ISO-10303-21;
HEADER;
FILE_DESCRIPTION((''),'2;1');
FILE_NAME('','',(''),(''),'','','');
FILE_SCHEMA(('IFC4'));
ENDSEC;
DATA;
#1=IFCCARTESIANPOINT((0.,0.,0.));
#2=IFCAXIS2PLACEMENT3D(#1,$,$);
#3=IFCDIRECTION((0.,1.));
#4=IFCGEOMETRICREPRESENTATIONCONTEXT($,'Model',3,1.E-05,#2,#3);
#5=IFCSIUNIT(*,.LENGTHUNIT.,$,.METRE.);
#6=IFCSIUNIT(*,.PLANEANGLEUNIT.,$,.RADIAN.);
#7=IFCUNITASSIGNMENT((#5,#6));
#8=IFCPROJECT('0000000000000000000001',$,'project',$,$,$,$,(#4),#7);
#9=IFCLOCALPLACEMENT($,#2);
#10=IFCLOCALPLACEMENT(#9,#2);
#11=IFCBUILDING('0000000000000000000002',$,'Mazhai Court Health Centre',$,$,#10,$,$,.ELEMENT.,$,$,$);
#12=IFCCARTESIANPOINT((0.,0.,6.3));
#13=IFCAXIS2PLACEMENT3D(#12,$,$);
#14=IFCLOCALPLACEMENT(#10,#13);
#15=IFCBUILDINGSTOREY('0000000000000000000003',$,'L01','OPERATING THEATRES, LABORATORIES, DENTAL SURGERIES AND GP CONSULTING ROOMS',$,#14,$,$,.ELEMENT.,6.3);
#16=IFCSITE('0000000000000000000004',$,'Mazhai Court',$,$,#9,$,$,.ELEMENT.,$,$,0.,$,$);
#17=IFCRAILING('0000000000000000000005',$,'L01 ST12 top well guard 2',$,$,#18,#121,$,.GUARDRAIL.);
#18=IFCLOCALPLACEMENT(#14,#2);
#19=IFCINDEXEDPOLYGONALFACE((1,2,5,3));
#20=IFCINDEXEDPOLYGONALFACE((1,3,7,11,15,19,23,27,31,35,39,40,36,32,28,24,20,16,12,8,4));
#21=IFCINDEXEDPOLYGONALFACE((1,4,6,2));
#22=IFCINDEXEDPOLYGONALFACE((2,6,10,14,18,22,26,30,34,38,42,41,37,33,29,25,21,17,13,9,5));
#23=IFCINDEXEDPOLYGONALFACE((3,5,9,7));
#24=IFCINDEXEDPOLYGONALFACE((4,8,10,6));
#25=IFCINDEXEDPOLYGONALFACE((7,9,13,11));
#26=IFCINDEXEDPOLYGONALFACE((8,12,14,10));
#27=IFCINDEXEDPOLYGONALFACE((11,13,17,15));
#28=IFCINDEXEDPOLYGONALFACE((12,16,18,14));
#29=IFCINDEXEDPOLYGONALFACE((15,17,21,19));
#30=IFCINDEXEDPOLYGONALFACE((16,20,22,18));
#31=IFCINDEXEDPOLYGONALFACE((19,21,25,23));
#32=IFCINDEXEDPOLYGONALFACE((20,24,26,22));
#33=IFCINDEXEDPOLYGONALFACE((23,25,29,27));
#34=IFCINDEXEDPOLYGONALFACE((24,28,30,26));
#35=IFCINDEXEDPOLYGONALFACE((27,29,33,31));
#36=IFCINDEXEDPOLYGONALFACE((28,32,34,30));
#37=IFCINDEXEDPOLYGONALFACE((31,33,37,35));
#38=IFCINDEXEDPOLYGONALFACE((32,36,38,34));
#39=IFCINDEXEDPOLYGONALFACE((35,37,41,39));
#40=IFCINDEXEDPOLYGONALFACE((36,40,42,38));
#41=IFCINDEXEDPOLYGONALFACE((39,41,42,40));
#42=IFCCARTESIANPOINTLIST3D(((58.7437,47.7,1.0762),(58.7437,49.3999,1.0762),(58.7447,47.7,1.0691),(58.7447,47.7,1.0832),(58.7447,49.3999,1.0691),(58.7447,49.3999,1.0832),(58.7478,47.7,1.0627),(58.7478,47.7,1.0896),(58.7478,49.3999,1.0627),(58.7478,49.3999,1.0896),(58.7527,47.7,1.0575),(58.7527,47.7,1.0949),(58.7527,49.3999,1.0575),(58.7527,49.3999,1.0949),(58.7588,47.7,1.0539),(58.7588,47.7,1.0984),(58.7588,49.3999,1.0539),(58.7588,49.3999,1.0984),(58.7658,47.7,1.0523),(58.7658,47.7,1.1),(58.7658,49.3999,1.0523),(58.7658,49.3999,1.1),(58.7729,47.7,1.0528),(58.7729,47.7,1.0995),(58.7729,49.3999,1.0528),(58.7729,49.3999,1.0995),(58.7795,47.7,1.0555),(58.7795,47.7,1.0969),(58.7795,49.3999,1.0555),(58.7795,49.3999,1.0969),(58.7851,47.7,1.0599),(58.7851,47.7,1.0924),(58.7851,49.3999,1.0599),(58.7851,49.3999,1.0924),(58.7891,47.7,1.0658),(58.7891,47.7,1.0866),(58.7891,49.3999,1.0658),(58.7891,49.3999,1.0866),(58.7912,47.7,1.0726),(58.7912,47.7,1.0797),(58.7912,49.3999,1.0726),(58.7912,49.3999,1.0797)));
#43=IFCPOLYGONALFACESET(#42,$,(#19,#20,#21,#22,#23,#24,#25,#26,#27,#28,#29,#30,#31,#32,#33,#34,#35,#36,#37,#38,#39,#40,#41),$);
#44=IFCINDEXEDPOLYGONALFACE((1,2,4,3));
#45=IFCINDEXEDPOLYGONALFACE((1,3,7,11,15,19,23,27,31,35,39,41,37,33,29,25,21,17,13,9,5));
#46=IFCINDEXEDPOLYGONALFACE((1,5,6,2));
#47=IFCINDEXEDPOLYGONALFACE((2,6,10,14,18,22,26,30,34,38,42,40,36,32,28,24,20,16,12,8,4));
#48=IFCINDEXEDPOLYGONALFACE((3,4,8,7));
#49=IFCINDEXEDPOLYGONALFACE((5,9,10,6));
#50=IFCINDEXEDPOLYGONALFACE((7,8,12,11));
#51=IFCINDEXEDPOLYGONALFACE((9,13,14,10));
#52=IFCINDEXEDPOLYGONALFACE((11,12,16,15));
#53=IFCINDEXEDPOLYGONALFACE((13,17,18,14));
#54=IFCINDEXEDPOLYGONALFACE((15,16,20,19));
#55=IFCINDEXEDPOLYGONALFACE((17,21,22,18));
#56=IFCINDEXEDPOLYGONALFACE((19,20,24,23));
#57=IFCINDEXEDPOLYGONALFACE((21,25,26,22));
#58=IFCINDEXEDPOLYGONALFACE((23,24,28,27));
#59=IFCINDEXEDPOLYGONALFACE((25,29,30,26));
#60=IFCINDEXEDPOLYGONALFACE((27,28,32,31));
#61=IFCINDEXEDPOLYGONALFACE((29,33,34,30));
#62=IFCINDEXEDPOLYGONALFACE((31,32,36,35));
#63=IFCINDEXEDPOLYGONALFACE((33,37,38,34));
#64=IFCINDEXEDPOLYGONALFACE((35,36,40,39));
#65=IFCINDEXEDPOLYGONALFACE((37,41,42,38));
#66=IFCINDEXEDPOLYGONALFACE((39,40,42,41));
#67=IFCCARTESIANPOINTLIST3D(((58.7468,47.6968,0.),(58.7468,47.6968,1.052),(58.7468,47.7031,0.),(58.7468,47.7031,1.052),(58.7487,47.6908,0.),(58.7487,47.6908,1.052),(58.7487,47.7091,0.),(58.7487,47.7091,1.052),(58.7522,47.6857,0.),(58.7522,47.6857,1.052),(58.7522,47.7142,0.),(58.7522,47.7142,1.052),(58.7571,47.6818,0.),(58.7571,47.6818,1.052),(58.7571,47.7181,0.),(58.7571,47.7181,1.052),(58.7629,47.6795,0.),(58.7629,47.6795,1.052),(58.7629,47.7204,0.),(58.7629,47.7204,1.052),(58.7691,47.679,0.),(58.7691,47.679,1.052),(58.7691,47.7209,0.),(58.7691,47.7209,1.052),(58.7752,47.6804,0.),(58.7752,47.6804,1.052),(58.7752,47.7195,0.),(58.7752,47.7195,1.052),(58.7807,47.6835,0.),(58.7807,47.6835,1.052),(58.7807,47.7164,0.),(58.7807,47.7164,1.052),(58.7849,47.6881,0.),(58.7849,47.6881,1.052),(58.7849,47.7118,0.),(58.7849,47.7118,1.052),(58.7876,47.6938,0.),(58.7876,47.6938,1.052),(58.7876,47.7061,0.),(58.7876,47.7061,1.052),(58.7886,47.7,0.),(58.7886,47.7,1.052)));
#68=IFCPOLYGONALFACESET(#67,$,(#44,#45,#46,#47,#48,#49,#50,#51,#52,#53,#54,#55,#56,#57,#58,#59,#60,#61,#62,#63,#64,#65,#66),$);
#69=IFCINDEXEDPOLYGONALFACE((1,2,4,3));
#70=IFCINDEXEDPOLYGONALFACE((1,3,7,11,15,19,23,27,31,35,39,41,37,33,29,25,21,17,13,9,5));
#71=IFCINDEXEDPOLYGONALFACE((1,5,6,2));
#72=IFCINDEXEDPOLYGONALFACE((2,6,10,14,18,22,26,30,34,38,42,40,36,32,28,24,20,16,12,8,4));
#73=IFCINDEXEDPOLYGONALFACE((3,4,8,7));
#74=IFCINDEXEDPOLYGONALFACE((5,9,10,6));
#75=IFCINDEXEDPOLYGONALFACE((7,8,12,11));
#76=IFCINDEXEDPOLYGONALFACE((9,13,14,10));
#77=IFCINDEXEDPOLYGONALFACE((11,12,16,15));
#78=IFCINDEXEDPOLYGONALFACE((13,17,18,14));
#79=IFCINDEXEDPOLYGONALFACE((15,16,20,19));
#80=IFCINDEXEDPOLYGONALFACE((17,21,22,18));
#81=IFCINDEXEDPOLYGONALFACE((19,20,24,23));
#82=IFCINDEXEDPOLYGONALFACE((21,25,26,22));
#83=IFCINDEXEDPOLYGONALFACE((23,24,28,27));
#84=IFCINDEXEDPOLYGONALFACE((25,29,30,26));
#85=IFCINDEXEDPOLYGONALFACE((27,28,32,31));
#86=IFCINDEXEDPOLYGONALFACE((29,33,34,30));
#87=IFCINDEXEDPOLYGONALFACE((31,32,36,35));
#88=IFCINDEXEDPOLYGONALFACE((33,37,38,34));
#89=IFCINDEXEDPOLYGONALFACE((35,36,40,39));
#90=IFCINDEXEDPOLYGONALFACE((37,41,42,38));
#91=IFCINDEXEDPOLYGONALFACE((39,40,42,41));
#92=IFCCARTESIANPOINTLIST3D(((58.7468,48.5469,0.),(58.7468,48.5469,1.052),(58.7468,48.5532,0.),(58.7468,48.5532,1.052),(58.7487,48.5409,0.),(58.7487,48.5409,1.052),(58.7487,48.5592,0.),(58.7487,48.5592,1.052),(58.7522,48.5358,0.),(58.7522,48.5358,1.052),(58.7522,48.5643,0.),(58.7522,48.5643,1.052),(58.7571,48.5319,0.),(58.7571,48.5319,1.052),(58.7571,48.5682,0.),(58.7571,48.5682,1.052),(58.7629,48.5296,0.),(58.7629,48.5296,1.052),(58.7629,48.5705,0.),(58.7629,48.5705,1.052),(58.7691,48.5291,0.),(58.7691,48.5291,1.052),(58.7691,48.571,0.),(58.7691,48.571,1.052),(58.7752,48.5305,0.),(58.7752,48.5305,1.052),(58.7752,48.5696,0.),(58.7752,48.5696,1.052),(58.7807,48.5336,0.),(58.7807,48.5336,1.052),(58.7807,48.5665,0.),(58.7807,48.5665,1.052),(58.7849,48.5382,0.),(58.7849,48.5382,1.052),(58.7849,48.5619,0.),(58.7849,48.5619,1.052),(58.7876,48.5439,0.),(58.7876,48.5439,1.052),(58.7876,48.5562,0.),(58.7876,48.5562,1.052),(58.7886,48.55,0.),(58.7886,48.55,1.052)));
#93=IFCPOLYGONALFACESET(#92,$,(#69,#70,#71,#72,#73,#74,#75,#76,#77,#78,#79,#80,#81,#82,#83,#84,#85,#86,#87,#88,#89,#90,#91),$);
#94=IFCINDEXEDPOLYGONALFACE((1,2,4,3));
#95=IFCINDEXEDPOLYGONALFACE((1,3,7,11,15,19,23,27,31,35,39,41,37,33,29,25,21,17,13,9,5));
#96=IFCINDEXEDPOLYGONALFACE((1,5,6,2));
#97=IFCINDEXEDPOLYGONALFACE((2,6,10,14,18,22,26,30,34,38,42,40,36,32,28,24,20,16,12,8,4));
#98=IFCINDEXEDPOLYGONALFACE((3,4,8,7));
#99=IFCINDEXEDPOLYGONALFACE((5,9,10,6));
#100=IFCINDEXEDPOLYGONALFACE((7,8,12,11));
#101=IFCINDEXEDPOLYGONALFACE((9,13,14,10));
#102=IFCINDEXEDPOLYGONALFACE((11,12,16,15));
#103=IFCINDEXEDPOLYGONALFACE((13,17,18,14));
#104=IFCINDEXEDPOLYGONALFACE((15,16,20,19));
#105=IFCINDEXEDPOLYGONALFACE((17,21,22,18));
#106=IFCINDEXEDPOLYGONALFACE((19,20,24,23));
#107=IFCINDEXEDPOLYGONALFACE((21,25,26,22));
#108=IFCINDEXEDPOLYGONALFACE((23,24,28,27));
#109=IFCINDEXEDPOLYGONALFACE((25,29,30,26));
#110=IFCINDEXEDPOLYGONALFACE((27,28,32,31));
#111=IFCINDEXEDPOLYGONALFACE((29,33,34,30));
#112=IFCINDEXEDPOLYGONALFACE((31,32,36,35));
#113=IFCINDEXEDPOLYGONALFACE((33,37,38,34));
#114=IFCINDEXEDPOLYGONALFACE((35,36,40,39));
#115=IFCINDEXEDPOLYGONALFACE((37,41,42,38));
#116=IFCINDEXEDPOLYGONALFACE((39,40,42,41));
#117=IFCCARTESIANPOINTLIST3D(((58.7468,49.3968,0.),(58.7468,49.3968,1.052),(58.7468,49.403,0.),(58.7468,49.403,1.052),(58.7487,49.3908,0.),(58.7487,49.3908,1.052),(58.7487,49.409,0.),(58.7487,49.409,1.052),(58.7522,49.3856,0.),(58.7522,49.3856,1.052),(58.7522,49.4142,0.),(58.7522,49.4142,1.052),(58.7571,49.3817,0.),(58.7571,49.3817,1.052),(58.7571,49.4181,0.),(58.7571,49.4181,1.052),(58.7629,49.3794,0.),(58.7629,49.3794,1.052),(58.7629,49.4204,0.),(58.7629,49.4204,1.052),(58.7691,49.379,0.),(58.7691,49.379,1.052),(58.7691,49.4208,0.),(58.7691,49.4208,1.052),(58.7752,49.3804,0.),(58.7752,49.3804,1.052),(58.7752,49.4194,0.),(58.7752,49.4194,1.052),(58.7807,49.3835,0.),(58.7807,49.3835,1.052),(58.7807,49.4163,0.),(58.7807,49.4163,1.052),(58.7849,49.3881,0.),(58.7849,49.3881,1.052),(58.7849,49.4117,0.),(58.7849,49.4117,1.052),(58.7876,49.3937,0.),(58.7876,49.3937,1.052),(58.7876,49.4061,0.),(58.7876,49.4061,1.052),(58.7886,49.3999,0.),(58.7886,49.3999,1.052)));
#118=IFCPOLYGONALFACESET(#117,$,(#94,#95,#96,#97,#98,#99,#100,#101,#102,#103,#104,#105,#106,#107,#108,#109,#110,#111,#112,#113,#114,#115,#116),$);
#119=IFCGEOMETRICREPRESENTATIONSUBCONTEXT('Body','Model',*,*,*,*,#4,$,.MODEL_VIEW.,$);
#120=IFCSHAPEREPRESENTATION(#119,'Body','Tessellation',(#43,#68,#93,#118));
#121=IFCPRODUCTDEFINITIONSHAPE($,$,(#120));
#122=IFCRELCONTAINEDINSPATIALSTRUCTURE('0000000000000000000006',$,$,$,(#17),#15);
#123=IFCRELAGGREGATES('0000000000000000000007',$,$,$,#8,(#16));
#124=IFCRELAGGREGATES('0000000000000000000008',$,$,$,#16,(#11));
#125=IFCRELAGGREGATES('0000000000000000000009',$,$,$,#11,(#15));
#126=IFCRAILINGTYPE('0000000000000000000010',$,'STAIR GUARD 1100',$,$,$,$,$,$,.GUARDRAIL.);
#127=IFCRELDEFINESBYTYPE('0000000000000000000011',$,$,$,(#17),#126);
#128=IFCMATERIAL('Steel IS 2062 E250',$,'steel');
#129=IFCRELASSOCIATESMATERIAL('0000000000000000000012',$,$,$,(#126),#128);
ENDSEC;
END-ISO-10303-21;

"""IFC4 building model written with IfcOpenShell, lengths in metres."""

from ifc_helpers import new_model, si_unit, direction, frame, origin, origin_2d, place, context, subcontext, project, spatial, circle, extrude, material, type_object, element, save


model = new_model("IFC4")

# Units and contexts
model_context = context("Model", 3, precision=1e-05, world=origin(), true_north=direction((0.0, 1.0)))
body_context = subcontext(model_context, "Body", "Model", "MODEL_VIEW")
ifc_project = project(units=[si_unit("LENGTHUNIT", "METRE"), si_unit("PLANEANGLEUNIT", "RADIAN")], contexts=[model_context])

# Site, building, storey
site_placement = place(None, origin())
site = spatial("IfcSite", under=ifc_project, at=site_placement, Name="Mazhai Court", CompositionType="ELEMENT", RefElevation=0.0)
building_placement = place(site_placement, origin())
building = spatial("IfcBuilding", under=site, at=building_placement, Name="Mazhai Court Health Centre", CompositionType="ELEMENT")
storey_placement = place(building_placement, frame((0.0, 0.0, 6.3)))
storey = spatial("IfcBuildingStorey", under=building, at=storey_placement, Name="L01", Description="OPERATING THEATRES, LABORATORIES, DENTAL SURGERIES AND GP CONSULTING ROOMS", CompositionType="ELEMENT", Elevation=6.3)

# Railing
ifc_material_1 = material(Name="Steel IS 2062 E250", Category="steel")
railing_type = type_object("IfcRailingType", Name="STAIR GUARD 1100", PredefinedType="GUARDRAIL", material=ifc_material_1)
railing_1_placement = place(storey_placement, frame((58.7676, 47.7, 0.0)))
element("IfcRailing", 1, at=railing_1_placement, inside=storey, type_object=railing_type, Name="L01 ST12 top well guard 2", PredefinedType="GUARDRAIL", context=body_context, shape_type="SweptSolid", body=[
    extrude(circle(Radius=0.0239, at=origin_2d()), frame((0.0, 0.0, 1.0762), z_axis=(0.0, 1.0, 0.0), x_axis=(-1.0, 0.0, 0.0)), (0.0, 0.0, 1.0), 1.7),
    extrude(circle(Radius=0.021, at=origin_2d()), origin(), (0.0, 0.0, 1.0), 1.052),
    extrude(circle(Radius=0.021, at=origin_2d()), frame((0.0, 0.8501, 0.0)), (0.0, 0.0, 1.0), 1.052),
    extrude(circle(Radius=0.021, at=origin_2d()), frame((0.0, 1.7, 0.0)), (0.0, 0.0, 1.0), 1.052),
])

save(model, "model.ifc")
